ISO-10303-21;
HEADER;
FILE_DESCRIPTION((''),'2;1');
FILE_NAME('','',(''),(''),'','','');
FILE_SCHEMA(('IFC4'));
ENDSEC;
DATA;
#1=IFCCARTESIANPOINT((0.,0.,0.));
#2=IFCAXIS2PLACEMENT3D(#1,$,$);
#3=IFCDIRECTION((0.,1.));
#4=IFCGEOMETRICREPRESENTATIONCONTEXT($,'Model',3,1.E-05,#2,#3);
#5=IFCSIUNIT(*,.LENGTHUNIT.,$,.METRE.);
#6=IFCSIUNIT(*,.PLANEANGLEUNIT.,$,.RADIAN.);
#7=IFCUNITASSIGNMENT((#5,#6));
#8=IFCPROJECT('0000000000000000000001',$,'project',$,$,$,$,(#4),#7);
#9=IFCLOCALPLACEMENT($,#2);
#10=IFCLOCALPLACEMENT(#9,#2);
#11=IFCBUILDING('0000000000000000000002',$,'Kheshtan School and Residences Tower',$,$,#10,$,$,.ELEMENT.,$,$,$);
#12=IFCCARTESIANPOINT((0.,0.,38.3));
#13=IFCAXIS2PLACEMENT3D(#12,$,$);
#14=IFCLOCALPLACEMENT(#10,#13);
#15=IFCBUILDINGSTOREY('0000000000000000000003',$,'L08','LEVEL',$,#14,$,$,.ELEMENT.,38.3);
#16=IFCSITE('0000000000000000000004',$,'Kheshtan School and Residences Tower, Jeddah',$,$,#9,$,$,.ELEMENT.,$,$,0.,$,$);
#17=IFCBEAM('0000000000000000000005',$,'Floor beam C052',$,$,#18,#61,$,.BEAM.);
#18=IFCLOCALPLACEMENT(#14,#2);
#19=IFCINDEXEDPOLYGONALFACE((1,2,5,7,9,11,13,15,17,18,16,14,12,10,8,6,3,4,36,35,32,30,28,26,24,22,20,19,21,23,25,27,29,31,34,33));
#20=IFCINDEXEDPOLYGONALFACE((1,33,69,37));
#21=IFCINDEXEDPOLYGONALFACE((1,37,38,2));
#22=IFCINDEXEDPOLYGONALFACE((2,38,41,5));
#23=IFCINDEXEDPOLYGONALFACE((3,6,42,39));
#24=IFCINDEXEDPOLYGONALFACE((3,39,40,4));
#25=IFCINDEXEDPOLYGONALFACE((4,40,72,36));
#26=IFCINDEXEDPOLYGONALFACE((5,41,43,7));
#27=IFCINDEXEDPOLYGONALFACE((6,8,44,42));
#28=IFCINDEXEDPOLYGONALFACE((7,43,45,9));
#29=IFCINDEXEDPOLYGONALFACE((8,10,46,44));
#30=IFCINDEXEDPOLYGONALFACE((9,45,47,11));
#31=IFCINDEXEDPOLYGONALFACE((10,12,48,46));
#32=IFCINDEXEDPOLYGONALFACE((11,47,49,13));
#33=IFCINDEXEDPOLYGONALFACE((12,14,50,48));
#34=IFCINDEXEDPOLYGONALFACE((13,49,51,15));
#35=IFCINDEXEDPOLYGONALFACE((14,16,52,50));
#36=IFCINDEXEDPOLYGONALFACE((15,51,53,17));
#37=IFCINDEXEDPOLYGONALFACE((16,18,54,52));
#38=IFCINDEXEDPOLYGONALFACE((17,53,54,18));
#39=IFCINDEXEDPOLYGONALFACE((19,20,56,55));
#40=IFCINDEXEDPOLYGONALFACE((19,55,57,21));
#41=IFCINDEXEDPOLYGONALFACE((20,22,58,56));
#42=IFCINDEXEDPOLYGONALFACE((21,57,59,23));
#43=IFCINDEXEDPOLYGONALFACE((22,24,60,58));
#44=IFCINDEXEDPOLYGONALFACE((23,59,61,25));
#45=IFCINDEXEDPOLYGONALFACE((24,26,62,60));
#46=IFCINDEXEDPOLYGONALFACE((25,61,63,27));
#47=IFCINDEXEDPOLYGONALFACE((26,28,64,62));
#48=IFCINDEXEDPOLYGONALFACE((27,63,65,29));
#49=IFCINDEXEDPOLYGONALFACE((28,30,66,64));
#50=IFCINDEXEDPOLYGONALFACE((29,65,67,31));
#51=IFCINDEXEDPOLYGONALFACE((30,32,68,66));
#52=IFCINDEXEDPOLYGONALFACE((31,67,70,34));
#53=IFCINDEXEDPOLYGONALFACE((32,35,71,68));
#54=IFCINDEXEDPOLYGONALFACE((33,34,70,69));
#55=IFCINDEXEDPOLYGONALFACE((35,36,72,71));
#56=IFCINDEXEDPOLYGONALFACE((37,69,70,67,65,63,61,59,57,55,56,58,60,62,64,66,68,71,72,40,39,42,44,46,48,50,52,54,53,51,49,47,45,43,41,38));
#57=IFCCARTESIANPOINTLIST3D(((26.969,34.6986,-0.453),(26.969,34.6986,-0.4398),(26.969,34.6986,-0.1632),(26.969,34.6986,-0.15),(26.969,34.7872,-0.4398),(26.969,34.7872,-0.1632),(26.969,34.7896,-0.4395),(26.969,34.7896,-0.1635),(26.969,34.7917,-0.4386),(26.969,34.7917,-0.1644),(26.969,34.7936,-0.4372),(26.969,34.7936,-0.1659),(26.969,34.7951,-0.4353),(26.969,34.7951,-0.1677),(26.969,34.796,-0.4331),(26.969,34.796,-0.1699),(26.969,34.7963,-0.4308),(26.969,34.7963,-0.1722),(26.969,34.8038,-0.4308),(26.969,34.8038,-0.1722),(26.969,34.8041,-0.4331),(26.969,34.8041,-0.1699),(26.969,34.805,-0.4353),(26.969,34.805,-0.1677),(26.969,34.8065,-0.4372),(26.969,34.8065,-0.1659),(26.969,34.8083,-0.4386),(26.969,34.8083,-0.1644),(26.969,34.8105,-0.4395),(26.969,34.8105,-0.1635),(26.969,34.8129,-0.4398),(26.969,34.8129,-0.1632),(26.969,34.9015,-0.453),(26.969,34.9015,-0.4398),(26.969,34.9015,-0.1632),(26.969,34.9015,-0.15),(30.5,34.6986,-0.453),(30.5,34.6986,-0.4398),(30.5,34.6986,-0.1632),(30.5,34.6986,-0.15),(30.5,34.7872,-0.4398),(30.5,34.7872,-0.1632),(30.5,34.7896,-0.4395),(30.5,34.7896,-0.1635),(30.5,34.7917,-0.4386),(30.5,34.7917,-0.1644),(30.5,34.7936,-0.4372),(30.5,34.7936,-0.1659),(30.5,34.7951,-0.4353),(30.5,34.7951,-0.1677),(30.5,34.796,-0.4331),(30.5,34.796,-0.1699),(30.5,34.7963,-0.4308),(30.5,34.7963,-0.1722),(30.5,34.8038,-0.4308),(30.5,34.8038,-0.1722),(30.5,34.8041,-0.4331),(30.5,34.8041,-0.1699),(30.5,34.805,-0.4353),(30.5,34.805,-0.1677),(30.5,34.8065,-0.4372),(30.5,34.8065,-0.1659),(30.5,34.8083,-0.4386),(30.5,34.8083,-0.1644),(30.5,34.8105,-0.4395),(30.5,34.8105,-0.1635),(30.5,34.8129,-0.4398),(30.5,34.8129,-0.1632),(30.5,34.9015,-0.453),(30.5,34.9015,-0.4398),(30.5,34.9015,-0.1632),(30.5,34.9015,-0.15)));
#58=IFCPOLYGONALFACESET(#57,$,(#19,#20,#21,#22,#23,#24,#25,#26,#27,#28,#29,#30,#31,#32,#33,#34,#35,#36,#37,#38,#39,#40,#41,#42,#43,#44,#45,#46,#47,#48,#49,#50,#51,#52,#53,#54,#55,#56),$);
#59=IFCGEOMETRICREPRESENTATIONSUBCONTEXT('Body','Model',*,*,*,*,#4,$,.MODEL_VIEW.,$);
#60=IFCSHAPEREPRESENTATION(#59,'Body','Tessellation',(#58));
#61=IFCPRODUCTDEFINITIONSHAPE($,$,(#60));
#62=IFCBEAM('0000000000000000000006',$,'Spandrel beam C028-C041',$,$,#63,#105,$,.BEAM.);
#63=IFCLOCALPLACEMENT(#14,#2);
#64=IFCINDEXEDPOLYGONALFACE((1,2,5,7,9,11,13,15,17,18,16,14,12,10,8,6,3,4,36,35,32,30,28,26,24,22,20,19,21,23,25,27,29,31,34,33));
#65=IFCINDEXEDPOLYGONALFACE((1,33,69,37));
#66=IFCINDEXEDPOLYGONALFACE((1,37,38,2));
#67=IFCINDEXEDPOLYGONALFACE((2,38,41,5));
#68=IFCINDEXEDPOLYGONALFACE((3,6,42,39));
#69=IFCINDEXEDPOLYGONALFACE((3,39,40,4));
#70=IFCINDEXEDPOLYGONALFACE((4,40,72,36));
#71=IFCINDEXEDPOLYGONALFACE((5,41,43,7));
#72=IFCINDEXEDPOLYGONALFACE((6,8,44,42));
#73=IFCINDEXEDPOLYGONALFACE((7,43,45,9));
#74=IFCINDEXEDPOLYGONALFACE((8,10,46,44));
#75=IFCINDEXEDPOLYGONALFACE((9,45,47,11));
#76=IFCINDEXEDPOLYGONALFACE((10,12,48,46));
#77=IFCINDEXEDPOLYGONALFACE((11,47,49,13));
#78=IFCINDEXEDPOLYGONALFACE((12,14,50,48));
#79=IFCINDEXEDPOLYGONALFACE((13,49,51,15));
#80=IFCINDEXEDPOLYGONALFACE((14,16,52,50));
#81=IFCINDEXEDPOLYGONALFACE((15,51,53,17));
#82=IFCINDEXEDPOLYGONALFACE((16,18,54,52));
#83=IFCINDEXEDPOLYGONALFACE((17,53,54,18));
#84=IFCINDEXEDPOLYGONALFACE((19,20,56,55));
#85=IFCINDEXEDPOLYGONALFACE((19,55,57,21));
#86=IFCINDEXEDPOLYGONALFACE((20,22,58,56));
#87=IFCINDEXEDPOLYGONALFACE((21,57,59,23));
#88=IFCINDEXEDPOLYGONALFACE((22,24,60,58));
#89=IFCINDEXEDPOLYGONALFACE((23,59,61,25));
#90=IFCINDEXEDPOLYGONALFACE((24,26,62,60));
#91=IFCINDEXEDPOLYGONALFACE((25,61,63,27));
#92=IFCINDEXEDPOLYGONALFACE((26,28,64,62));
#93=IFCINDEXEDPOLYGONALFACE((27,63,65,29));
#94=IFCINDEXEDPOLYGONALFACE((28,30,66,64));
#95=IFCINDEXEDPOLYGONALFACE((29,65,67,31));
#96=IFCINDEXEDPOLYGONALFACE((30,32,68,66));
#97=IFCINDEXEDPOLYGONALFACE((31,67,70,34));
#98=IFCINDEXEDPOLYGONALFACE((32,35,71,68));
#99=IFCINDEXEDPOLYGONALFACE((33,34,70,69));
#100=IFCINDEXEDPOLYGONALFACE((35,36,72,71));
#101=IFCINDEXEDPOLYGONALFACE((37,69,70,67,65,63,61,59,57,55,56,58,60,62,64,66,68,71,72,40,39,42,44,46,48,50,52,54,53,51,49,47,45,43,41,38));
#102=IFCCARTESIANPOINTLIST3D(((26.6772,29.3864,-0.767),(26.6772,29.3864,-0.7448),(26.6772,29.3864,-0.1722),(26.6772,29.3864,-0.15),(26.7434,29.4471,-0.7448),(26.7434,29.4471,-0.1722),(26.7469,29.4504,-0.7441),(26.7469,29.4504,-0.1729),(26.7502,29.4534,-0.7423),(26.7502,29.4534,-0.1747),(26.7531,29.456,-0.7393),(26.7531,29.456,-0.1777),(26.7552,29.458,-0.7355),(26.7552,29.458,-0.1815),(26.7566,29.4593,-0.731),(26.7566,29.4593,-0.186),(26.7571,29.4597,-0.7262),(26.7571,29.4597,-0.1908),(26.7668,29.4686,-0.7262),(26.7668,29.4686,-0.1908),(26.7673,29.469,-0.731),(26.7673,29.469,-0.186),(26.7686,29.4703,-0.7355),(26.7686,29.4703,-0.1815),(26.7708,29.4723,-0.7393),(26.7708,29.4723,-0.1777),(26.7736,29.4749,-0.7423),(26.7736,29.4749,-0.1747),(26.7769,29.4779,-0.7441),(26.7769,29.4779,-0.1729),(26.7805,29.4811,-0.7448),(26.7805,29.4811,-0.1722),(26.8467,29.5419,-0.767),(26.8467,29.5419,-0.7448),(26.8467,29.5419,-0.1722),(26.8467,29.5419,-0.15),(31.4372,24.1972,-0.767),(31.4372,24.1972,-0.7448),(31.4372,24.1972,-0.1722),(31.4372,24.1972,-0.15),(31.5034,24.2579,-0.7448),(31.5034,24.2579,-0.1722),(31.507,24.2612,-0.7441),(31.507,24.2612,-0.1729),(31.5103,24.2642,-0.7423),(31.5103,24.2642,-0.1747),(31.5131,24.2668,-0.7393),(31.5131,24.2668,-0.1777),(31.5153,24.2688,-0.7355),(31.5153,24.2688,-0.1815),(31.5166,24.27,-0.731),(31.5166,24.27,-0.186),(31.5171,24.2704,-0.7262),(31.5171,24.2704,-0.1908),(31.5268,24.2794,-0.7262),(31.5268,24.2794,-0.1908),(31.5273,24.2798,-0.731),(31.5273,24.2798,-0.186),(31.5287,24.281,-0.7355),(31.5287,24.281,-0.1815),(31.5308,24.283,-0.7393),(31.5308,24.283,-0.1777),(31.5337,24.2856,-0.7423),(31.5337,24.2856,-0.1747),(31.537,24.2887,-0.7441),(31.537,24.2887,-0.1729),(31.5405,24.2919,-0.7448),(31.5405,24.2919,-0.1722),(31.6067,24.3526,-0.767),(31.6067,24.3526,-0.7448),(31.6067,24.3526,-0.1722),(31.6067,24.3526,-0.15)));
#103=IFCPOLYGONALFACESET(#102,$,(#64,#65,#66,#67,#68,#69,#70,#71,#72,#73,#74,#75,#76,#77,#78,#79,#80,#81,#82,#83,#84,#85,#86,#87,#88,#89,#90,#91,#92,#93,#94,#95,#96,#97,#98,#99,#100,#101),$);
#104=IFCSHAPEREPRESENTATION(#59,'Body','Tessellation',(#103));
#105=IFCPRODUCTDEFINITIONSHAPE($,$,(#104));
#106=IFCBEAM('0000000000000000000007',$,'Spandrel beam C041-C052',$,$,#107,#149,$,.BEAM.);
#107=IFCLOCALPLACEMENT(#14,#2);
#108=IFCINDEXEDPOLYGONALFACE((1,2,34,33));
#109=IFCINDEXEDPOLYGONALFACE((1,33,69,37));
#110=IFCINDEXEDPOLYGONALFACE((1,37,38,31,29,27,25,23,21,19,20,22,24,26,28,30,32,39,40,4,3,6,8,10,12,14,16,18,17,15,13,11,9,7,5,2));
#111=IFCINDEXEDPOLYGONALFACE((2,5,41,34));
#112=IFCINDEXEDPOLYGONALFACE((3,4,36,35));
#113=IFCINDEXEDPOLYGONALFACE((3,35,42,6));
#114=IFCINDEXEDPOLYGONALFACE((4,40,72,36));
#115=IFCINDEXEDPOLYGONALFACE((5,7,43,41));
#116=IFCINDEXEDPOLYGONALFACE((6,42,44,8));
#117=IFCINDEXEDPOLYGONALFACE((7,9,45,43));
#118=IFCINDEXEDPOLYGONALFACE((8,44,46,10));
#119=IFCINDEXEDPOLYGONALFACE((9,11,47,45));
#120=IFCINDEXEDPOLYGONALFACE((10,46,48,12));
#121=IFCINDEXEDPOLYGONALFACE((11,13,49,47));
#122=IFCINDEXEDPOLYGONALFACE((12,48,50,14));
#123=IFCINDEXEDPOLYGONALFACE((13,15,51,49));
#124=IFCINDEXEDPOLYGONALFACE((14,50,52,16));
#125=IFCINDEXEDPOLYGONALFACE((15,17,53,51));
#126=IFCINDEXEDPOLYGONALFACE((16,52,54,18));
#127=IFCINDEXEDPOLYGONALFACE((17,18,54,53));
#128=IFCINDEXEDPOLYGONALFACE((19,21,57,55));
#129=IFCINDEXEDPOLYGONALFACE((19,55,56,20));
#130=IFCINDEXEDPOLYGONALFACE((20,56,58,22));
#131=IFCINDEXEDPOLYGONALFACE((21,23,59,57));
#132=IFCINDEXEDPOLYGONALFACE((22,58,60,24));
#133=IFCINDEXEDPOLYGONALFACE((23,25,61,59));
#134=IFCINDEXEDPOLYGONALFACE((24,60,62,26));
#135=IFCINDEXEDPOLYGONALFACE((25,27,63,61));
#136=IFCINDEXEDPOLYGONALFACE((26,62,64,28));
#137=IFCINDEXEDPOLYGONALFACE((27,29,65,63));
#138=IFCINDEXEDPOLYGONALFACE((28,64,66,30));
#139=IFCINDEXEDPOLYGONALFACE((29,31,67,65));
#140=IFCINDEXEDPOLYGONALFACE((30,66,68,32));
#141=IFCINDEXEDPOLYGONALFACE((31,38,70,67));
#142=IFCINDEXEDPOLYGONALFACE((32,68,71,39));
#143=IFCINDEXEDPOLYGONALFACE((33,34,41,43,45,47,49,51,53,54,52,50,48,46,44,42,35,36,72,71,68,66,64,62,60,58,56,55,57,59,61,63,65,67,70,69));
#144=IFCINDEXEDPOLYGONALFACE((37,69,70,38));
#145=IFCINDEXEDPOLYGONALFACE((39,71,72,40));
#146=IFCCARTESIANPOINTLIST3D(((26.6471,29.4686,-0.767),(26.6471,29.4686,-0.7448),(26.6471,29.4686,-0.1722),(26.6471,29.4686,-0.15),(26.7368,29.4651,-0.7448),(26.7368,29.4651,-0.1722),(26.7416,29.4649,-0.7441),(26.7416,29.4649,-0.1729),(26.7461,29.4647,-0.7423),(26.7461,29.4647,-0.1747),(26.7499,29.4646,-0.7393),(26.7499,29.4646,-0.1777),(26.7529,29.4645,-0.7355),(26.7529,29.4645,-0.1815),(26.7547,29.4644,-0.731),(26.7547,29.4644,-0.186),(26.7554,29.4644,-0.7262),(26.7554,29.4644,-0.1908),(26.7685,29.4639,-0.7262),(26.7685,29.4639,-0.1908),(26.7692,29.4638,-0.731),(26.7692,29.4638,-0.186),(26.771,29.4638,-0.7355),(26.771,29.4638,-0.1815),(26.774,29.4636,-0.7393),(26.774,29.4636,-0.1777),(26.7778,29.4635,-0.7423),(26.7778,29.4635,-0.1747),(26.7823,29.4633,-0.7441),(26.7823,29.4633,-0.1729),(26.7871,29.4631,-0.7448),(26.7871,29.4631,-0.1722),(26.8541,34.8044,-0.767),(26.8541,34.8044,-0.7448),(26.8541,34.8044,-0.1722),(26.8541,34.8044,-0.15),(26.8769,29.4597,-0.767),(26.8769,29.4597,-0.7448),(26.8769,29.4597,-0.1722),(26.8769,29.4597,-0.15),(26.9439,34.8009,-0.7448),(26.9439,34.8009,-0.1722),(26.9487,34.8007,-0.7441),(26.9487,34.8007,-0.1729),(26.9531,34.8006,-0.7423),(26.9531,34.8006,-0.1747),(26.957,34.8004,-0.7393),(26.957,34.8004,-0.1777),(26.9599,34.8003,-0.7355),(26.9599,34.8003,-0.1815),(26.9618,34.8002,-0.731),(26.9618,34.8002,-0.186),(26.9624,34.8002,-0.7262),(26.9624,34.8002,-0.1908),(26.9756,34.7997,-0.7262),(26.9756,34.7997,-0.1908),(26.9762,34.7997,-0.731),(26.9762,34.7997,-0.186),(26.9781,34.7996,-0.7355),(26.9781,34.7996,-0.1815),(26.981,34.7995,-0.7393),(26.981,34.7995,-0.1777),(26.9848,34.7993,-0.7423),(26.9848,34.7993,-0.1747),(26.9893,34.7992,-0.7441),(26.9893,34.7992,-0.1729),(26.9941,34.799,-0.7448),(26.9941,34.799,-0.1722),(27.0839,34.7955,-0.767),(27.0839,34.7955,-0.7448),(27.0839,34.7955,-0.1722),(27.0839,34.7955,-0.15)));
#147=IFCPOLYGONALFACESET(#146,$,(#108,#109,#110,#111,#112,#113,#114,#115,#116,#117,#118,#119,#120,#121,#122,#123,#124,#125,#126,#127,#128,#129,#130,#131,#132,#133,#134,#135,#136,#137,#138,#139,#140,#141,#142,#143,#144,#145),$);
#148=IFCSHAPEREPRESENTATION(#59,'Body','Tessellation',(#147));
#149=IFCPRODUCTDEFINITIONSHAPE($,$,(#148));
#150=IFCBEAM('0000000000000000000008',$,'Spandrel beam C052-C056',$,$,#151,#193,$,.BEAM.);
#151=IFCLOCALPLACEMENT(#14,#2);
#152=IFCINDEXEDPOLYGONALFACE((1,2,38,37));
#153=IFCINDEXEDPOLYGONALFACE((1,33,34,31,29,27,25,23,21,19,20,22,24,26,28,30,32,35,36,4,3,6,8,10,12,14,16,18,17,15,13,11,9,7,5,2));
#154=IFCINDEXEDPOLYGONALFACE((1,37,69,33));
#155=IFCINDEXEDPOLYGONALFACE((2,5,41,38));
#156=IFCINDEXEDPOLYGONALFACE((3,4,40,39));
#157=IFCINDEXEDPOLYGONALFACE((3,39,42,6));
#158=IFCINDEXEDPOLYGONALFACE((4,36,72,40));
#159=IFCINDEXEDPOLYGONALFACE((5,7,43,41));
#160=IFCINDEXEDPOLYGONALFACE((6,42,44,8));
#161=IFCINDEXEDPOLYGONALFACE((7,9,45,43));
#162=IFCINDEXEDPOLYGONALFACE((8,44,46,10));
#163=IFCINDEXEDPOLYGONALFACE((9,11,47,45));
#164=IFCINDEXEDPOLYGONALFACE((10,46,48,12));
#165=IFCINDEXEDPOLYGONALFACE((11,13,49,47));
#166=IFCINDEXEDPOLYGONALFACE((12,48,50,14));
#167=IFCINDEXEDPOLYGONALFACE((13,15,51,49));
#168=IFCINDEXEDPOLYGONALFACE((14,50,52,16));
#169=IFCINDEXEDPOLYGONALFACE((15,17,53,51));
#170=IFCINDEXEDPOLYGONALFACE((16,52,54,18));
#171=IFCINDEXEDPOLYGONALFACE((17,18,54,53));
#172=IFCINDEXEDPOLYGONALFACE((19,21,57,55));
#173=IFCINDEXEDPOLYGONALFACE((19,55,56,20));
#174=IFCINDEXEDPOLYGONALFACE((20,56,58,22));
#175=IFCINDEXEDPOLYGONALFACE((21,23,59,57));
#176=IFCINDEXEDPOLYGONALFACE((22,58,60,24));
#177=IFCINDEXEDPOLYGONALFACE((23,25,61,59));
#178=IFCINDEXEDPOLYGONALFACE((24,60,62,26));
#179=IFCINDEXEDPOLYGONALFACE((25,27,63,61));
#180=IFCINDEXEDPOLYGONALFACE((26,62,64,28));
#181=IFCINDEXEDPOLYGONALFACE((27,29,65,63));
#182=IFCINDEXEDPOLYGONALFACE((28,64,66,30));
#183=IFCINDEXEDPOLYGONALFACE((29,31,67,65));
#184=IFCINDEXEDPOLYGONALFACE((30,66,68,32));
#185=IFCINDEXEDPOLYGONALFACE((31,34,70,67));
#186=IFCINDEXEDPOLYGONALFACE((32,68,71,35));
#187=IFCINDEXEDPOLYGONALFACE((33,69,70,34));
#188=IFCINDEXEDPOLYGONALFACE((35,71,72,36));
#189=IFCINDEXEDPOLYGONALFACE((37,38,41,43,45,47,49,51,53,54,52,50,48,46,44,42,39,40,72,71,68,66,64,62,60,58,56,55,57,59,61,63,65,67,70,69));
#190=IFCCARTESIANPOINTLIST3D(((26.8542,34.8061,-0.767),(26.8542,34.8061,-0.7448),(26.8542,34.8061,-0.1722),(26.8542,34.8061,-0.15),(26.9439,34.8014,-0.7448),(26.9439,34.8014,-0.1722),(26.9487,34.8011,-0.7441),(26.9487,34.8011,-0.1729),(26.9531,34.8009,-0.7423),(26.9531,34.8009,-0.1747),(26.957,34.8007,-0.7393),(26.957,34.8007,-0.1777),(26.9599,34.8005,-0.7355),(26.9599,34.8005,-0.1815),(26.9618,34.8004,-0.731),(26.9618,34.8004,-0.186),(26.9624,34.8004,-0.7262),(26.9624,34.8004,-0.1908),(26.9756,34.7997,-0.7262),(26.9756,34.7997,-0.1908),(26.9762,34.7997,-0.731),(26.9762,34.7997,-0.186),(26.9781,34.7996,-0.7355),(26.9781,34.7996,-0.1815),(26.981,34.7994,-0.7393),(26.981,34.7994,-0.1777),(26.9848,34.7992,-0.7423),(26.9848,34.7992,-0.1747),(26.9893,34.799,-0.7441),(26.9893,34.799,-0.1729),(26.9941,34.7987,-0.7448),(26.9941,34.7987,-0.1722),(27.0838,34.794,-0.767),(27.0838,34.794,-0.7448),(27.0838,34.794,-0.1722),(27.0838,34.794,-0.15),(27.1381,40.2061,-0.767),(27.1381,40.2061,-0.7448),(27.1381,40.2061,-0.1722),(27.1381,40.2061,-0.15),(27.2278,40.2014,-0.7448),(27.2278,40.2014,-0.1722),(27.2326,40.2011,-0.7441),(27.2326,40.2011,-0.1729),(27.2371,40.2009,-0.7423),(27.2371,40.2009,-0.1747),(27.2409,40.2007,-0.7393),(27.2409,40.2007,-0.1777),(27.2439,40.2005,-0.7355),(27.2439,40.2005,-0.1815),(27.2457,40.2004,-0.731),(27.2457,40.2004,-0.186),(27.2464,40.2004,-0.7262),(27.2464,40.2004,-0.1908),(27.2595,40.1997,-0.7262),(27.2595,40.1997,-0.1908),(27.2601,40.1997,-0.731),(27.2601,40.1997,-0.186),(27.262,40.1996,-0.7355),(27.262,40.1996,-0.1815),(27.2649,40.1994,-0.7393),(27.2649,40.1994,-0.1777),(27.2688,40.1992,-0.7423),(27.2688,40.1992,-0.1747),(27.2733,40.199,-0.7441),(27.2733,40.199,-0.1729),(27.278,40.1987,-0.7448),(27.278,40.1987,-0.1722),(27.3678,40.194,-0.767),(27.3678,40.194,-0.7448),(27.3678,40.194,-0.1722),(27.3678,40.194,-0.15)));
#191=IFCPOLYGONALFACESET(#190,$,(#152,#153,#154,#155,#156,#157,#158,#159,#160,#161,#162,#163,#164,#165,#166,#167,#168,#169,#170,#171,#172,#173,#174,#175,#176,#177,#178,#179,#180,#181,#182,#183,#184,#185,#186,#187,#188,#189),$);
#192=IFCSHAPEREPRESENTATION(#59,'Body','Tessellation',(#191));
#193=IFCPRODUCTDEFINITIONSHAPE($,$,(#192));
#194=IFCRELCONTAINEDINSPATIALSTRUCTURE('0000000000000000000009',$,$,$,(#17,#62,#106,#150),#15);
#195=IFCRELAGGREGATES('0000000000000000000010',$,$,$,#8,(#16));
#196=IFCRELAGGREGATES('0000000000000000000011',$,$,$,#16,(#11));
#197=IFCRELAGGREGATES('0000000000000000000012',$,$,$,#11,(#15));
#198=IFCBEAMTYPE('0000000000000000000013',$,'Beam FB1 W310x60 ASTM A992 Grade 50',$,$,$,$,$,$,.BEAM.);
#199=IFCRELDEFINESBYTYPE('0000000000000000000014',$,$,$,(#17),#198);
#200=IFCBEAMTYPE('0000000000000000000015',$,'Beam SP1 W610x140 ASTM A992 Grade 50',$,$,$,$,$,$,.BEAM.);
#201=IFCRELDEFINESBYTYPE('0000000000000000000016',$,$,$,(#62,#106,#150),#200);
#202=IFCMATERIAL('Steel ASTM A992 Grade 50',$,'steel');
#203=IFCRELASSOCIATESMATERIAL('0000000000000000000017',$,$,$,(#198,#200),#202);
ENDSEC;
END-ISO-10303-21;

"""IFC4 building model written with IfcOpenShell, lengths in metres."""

from ifc_helpers import new_model, si_unit, direction, frame, origin, origin_2d, place, context, subcontext, project, spatial, i_section, extrude, material, material_profile, profile_set, type_object, element, save


model = new_model("IFC4")

# Units and contexts
model_context = context("Model", 3, precision=1e-05, world=origin(), true_north=direction((0.0, 1.0)))
body_context = subcontext(model_context, "Body", "Model", "MODEL_VIEW")
ifc_project = project(units=[si_unit("LENGTHUNIT", "METRE"), si_unit("PLANEANGLEUNIT", "RADIAN")], contexts=[model_context])

# Site, building, storey
site_placement = place(None, origin())
site = spatial("IfcSite", under=ifc_project, at=site_placement, Name="Kheshtan School and Residences Tower, Jeddah", CompositionType="ELEMENT", RefElevation=0.0)
building_placement = place(site_placement, origin())
building = spatial("IfcBuilding", under=site, at=building_placement, Name="Kheshtan School and Residences Tower", CompositionType="ELEMENT")
storey_placement = place(building_placement, frame((0.0, 0.0, 38.3)))
storey = spatial("IfcBuildingStorey", under=building, at=storey_placement, Name="L08", Description="LEVEL", CompositionType="ELEMENT", Elevation=38.3)

# Shared definitions
ifc_material_1 = material(Name="Steel ASTM A992 Grade 50", Category="steel")

# Beams
ifc_material_profile_1 = material_profile(ifc_material_1, i_section(OverallWidth=0.2029, OverallDepth=0.303, WebThickness=0.0076, FlangeThickness=0.0132, FilletRadius=0.009, at=origin_2d()), Name="W310x60")
ifc_profile_set_1 = profile_set([ifc_material_profile_1], Name="Steel ASTM A992 Grade 50")
beam_type_1 = type_object("IfcBeamType", Name="Beam FB1 W310x60 ASTM A992 Grade 50", PredefinedType="BEAM", material=ifc_profile_set_1)
beam_1_placement = place(storey_placement, frame((26.969, 34.8, -0.3015), z_axis=(1.0, 0.0, 0.0), x_axis=(0.0, 1.0, 0.0)))
element("IfcBeam", 1, at=beam_1_placement, inside=storey, type_object=beam_type_1, Name="Floor beam C052", PredefinedType="BEAM", context=body_context, shape_type="SweptSolid", body=[
    extrude(i_section(OverallWidth=0.2029, OverallDepth=0.303, WebThickness=0.0076, FlangeThickness=0.0132, FilletRadius=0.009, at=origin_2d()), origin(), (0.0, 0.0, 1.0), 3.531),
])
ifc_material_profile_2 = material_profile(ifc_material_1, i_section(OverallWidth=0.23, OverallDepth=0.6169, WebThickness=0.0132, FlangeThickness=0.0222, FilletRadius=0.0186, at=origin_2d()), Name="W610x140")
ifc_profile_set_2 = profile_set([ifc_material_profile_2], Name="Steel ASTM A992 Grade 50")
beam_type_2 = type_object("IfcBeamType", Name="Beam SP1 W610x140 ASTM A992 Grade 50", PredefinedType="BEAM", material=ifc_profile_set_2)
beam_2_placement = place(storey_placement, frame((31.522, 24.2749, -0.4585), z_axis=(-0.675974, 0.736925, 0.0), x_axis=(-0.736925, -0.675974, 0.0)))
element("IfcBeam", 2, at=beam_2_placement, inside=storey, type_object=beam_type_2, Name="Spandrel beam C028-C041", PredefinedType="BEAM", context=body_context, shape_type="SweptSolid", body=[
    extrude(i_section(OverallWidth=0.23, OverallDepth=0.6169, WebThickness=0.0132, FlangeThickness=0.0222, FilletRadius=0.0186, at=origin_2d()), origin(), (0.0, 0.0, 1.0), 7.0417),
])
beam_3_placement = place(storey_placement, frame((26.762, 29.4641, -0.4585), z_axis=(0.03877, 0.999248, 0.0), x_axis=(-0.999248, 0.03877, 0.0)))
element("IfcBeam", 3, at=beam_3_placement, inside=storey, type_object=beam_type_2, Name="Spandrel beam C041-C052", PredefinedType="BEAM", context=body_context, shape_type="SweptSolid", body=[
    extrude(i_section(OverallWidth=0.23, OverallDepth=0.6169, WebThickness=0.0132, FlangeThickness=0.0222, FilletRadius=0.0186, at=origin_2d()), origin(), (0.0, 0.0, 1.0), 5.3398),
])
beam_4_placement = place(storey_placement, frame((26.969, 34.8, -0.4585), z_axis=(0.052509, 0.99862, 0.0), x_axis=(-0.99862, 0.052509, 0.0)))
element("IfcBeam", 4, at=beam_4_placement, inside=storey, type_object=beam_type_2, Name="Spandrel beam C052-C056", PredefinedType="BEAM", context=body_context, shape_type="SweptSolid", body=[
    extrude(i_section(OverallWidth=0.23, OverallDepth=0.6169, WebThickness=0.0132, FlangeThickness=0.0222, FilletRadius=0.0186, at=origin_2d()), origin(), (0.0, 0.0, 1.0), 5.4075),
])

save(model, "model.ifc")
